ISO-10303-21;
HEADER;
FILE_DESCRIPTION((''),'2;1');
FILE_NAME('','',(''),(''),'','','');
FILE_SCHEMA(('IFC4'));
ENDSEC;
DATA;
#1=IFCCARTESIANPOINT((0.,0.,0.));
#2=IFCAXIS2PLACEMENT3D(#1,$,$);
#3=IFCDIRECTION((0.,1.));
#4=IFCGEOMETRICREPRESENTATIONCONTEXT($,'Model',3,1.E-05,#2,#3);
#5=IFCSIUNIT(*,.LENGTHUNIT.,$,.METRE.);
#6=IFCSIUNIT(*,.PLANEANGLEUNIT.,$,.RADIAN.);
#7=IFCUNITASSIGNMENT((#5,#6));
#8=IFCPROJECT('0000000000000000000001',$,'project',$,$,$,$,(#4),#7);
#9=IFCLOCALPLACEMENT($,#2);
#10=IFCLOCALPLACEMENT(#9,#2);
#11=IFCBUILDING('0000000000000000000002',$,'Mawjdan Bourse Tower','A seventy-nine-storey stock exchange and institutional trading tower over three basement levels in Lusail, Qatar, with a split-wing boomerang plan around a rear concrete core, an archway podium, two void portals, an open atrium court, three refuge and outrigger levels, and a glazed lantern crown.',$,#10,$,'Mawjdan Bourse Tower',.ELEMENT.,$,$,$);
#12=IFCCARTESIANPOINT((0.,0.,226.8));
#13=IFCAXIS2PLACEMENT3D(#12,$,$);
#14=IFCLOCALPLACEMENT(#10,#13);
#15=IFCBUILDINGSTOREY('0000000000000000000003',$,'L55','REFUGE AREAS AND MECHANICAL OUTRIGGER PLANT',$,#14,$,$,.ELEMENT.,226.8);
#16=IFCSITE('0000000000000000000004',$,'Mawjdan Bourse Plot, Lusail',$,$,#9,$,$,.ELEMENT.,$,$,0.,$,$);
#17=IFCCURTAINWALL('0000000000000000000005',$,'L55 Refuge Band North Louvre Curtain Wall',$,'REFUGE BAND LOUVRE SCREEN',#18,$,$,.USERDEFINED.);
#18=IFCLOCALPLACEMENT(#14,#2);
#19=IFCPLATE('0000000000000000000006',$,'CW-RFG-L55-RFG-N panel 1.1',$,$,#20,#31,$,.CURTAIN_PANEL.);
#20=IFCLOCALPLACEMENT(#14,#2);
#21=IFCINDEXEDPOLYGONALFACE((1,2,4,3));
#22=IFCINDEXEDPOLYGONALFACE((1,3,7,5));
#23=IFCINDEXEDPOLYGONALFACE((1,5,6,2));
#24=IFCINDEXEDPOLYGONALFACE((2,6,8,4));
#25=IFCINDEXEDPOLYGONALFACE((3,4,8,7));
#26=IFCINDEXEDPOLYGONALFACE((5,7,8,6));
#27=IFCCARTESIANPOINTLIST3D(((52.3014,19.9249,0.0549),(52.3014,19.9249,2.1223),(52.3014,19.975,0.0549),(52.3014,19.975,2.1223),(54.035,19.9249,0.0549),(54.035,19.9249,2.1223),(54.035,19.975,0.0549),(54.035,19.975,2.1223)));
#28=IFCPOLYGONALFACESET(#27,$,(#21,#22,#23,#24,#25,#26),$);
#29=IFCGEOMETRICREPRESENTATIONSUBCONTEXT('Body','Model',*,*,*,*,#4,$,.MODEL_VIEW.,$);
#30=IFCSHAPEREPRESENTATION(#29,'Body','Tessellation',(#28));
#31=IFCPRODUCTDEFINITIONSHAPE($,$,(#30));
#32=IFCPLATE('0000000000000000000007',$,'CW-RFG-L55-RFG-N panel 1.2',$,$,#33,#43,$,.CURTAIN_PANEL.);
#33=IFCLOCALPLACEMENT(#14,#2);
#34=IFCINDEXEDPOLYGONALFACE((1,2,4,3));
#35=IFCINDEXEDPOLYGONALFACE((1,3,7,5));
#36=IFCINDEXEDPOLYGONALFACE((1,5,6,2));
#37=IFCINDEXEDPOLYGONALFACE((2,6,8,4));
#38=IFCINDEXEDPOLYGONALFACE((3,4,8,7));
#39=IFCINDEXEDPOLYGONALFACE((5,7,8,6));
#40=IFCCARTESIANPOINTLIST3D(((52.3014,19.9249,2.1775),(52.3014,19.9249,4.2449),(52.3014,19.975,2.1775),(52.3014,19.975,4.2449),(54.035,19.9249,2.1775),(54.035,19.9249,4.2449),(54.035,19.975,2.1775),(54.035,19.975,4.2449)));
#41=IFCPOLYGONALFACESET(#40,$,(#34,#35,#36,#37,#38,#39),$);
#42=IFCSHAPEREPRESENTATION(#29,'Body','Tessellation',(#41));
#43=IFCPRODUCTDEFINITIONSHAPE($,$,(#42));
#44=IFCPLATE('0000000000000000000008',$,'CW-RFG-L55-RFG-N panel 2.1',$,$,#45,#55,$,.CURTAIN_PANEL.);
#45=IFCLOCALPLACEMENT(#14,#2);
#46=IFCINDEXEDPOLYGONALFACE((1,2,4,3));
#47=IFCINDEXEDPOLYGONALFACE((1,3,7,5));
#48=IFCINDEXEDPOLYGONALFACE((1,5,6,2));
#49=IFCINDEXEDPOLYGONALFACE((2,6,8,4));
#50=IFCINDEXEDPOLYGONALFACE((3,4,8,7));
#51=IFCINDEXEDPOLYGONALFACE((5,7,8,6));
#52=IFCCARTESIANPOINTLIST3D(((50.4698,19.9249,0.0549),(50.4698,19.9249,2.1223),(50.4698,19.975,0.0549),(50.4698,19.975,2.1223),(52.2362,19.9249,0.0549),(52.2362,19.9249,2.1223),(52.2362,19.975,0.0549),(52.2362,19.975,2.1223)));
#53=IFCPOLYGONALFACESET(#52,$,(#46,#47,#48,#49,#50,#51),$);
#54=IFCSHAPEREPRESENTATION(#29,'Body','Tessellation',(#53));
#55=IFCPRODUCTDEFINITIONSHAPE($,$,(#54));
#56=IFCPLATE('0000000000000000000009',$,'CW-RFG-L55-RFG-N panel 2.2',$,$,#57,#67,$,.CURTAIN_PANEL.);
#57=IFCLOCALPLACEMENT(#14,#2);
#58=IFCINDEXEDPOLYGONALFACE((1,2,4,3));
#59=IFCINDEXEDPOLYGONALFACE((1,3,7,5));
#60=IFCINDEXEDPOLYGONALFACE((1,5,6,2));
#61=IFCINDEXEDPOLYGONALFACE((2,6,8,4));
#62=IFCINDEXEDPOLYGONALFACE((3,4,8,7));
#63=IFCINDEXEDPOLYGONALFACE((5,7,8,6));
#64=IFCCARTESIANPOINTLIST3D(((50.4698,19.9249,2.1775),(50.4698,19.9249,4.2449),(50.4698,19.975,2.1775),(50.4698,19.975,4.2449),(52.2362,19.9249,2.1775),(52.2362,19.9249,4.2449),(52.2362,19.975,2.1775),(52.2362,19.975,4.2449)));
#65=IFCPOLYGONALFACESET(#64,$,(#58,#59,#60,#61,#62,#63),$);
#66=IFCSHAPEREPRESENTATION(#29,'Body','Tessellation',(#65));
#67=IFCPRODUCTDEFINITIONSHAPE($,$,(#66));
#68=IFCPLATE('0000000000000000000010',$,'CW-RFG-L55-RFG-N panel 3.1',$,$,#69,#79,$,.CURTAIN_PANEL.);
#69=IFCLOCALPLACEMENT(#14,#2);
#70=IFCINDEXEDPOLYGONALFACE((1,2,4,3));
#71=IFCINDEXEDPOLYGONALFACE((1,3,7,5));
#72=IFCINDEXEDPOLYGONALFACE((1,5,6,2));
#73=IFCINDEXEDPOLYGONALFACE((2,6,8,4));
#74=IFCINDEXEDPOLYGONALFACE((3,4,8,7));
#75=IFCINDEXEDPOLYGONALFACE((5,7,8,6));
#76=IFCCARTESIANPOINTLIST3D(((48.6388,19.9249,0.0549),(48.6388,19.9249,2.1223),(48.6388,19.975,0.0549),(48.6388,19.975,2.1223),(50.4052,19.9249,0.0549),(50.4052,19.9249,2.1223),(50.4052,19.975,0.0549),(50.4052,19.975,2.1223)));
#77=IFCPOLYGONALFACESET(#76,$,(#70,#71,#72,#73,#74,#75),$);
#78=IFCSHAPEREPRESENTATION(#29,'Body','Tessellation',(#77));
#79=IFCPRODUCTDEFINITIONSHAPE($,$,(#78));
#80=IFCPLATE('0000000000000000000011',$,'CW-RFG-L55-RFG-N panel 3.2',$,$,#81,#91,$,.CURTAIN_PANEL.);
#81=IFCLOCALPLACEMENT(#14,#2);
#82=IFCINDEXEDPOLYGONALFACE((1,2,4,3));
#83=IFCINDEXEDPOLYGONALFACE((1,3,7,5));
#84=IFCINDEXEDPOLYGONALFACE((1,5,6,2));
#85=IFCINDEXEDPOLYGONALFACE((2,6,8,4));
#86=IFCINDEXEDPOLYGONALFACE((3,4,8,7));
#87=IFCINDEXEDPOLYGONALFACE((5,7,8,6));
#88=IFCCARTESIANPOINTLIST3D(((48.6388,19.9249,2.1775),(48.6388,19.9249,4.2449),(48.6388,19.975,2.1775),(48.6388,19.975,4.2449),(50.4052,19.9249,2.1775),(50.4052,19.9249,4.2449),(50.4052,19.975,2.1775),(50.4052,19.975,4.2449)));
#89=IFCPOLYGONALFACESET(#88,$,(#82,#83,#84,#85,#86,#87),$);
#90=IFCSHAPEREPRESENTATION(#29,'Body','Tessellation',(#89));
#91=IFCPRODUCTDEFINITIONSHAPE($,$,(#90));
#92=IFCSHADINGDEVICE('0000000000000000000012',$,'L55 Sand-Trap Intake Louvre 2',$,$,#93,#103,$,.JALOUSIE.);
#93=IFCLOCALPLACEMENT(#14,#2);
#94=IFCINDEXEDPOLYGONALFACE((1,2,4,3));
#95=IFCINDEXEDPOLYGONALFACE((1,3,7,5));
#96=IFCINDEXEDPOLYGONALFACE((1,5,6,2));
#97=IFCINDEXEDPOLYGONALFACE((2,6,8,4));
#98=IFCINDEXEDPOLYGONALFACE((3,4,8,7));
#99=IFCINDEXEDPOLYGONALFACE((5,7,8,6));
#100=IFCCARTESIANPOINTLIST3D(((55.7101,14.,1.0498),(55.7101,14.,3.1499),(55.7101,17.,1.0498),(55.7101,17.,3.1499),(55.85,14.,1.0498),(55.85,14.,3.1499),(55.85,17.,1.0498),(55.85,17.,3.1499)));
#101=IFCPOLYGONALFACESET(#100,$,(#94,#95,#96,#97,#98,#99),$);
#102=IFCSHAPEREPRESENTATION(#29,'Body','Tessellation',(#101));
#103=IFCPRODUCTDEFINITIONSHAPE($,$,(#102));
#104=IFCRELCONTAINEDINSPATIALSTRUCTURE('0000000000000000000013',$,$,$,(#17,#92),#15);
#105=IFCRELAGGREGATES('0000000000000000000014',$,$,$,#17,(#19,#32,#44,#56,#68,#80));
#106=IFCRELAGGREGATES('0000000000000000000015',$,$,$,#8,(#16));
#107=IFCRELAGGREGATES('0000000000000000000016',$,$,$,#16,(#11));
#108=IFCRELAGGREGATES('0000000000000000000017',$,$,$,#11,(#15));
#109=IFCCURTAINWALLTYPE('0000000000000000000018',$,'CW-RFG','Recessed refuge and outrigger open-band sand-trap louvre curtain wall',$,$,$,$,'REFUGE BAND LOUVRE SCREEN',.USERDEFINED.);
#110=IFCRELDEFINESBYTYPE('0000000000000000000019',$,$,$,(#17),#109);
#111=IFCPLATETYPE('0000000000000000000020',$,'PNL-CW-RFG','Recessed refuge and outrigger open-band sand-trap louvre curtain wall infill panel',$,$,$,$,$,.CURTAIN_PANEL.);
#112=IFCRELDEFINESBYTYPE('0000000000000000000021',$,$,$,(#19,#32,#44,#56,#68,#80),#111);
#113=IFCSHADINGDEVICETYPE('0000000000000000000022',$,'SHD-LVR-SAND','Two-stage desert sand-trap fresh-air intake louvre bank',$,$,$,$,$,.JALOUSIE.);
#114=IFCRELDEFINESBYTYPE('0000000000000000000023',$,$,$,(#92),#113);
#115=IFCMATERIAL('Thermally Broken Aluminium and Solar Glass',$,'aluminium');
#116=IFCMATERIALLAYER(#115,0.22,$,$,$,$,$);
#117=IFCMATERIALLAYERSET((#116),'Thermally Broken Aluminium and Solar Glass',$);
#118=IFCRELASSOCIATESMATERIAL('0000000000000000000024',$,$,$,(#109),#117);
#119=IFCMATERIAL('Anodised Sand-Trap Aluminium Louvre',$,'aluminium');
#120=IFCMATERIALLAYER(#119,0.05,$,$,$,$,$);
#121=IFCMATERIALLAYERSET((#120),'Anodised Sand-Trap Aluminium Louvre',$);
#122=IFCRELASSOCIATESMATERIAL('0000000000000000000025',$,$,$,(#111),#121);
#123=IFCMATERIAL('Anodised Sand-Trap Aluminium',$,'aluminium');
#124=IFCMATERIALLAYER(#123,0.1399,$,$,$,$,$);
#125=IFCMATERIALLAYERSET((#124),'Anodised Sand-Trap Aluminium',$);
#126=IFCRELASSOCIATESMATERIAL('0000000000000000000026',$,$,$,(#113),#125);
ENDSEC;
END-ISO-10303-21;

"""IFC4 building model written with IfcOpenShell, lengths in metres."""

from ifc_helpers import new_model, si_unit, direction, frame, origin, origin_2d, place, context, subcontext, project, spatial, rectangle, extrude, material, layer, layer_set, type_object, element, aggregate, save


model = new_model("IFC4")

# Units and contexts
model_context = context("Model", 3, precision=1e-05, world=origin(), true_north=direction((0.0, 1.0)))
body_context = subcontext(model_context, "Body", "Model", "MODEL_VIEW")
ifc_project = project(units=[si_unit("LENGTHUNIT", "METRE"), si_unit("PLANEANGLEUNIT", "RADIAN")], contexts=[model_context])

# Site, building, storey
site_placement = place(None, origin())
site = spatial("IfcSite", under=ifc_project, at=site_placement, Name="Mawjdan Bourse Plot, Lusail", CompositionType="ELEMENT", RefElevation=0.0)
building_placement = place(site_placement, origin())
building = spatial("IfcBuilding", under=site, at=building_placement, Name="Mawjdan Bourse Tower", Description="A seventy-nine-storey stock exchange and institutional trading tower over three basement levels in Lusail, Qatar, with a split-wing boomerang plan around a rear concrete core, an archway podium, two void portals, an open atrium court, three refuge and outrigger levels, and a glazed lantern crown.", LongName="Mawjdan Bourse Tower", CompositionType="ELEMENT")
storey_placement = place(building_placement, frame((0.0, 0.0, 226.8)))
storey = spatial("IfcBuildingStorey", under=building, at=storey_placement, Name="L55", Description="REFUGE AREAS AND MECHANICAL OUTRIGGER PLANT", CompositionType="ELEMENT", Elevation=226.8)

# Curtain wall
ifc_material_1 = material(Name="Thermally Broken Aluminium and Solar Glass", Category="aluminium")
ifc_layer_1 = layer(ifc_material_1, 0.22)
ifc_layer_set_1 = layer_set([ifc_layer_1], Name="Thermally Broken Aluminium and Solar Glass")
curtain_wall_type = type_object("IfcCurtainWallType", Name="CW-RFG", Description="Recessed refuge and outrigger open-band sand-trap louvre curtain wall", ElementType="REFUGE BAND LOUVRE SCREEN", PredefinedType="USERDEFINED", material=ifc_layer_set_1)
curtain_wall_placement = place(storey_placement, origin())
curtain_wall = element("IfcCurtainWall", 1, at=curtain_wall_placement, inside=storey, type_object=curtain_wall_type, Name="L55 Refuge Band North Louvre Curtain Wall", ObjectType="REFUGE BAND LOUVRE SCREEN", PredefinedType="USERDEFINED")

# Plates
ifc_material_2 = material(Name="Anodised Sand-Trap Aluminium Louvre", Category="aluminium")
ifc_layer_2 = layer(ifc_material_2, 0.05)
ifc_layer_set_2 = layer_set([ifc_layer_2], Name="Anodised Sand-Trap Aluminium Louvre")
plate_type = type_object("IfcPlateType", Name="PNL-CW-RFG", Description="Recessed refuge and outrigger open-band sand-trap louvre curtain wall infill panel", PredefinedType="CURTAIN_PANEL", material=ifc_layer_set_2)
plate_1_placement = place(storey_placement, frame((53.1682, 19.95, 0.0549), z_axis=(0.0, 0.0, 1.0), x_axis=(-1.0, 0.0, 0.0)))
plate_1 = element("IfcPlate", 2, at=plate_1_placement, type_object=plate_type, Name="CW-RFG-L55-RFG-N panel 1.1", PredefinedType="CURTAIN_PANEL", context=body_context, shape_type="SweptSolid", body=[
    extrude(rectangle(XDim=1.7336, YDim=0.05, at=origin_2d()), origin(), (0.0, 0.0, 1.0), 2.0674),
])
plate_2_placement = place(storey_placement, frame((53.1682, 19.95, 2.1775), z_axis=(0.0, 0.0, 1.0), x_axis=(-1.0, 0.0, 0.0)))
plate_2 = element("IfcPlate", 3, at=plate_2_placement, type_object=plate_type, Name="CW-RFG-L55-RFG-N panel 1.2", PredefinedType="CURTAIN_PANEL", context=body_context, shape_type="SweptSolid", body=[
    extrude(rectangle(XDim=1.7336, YDim=0.05, at=origin_2d()), origin(), (0.0, 0.0, 1.0), 2.0674),
])
plate_3_placement = place(storey_placement, frame((51.353, 19.95, 0.0549), z_axis=(0.0, 0.0, 1.0), x_axis=(-1.0, 0.0, 0.0)))
plate_3 = element("IfcPlate", 4, at=plate_3_placement, type_object=plate_type, Name="CW-RFG-L55-RFG-N panel 2.1", PredefinedType="CURTAIN_PANEL", context=body_context, shape_type="SweptSolid", body=[
    extrude(rectangle(XDim=1.7664, YDim=0.05, at=origin_2d()), origin(), (0.0, 0.0, 1.0), 2.0674),
])
plate_4_placement = place(storey_placement, frame((51.353, 19.95, 2.1775), z_axis=(0.0, 0.0, 1.0), x_axis=(-1.0, 0.0, 0.0)))
plate_4 = element("IfcPlate", 5, at=plate_4_placement, type_object=plate_type, Name="CW-RFG-L55-RFG-N panel 2.2", PredefinedType="CURTAIN_PANEL", context=body_context, shape_type="SweptSolid", body=[
    extrude(rectangle(XDim=1.7664, YDim=0.05, at=origin_2d()), origin(), (0.0, 0.0, 1.0), 2.0674),
])
plate_5_placement = place(storey_placement, frame((49.522, 19.95, 0.0549), z_axis=(0.0, 0.0, 1.0), x_axis=(-1.0, 0.0, 0.0)))
plate_5 = element("IfcPlate", 6, at=plate_5_placement, type_object=plate_type, Name="CW-RFG-L55-RFG-N panel 3.1", PredefinedType="CURTAIN_PANEL", context=body_context, shape_type="SweptSolid", body=[
    extrude(rectangle(XDim=1.7664, YDim=0.05, at=origin_2d()), origin(), (0.0, 0.0, 1.0), 2.0674),
])
plate_6_placement = place(storey_placement, frame((49.522, 19.95, 2.1775), z_axis=(0.0, 0.0, 1.0), x_axis=(-1.0, 0.0, 0.0)))
plate_6 = element("IfcPlate", 7, at=plate_6_placement, type_object=plate_type, Name="CW-RFG-L55-RFG-N panel 3.2", PredefinedType="CURTAIN_PANEL", context=body_context, shape_type="SweptSolid", body=[
    extrude(rectangle(XDim=1.7664, YDim=0.05, at=origin_2d()), origin(), (0.0, 0.0, 1.0), 2.0674),
])
aggregate(curtain_wall, [plate_1, plate_2, plate_3, plate_4, plate_5, plate_6])

# Shading device
ifc_material_3 = material(Name="Anodised Sand-Trap Aluminium", Category="aluminium")
ifc_layer_3 = layer(ifc_material_3, 0.1399)
ifc_layer_set_3 = layer_set([ifc_layer_3], Name="Anodised Sand-Trap Aluminium")
shading_device_type = type_object("IfcShadingDeviceType", Name="SHD-LVR-SAND", Description="Two-stage desert sand-trap fresh-air intake louvre bank", PredefinedType="JALOUSIE", material=ifc_layer_set_3)
shading_device_placement = place(storey_placement, frame((55.78, 15.5, 1.0498), z_axis=(0.0, 0.0, 1.0), x_axis=(1.0, 0.0, 0.0)))
element("IfcShadingDevice", 8, at=shading_device_placement, inside=storey, type_object=shading_device_type, Name="L55 Sand-Trap Intake Louvre 2", PredefinedType="JALOUSIE", context=body_context, shape_type="SweptSolid", body=[
    extrude(rectangle(XDim=0.1399, YDim=3.0, at=origin_2d()), origin(), (0.0, 0.0, 1.0), 2.1001),
])

save(model, "model.ifc")
